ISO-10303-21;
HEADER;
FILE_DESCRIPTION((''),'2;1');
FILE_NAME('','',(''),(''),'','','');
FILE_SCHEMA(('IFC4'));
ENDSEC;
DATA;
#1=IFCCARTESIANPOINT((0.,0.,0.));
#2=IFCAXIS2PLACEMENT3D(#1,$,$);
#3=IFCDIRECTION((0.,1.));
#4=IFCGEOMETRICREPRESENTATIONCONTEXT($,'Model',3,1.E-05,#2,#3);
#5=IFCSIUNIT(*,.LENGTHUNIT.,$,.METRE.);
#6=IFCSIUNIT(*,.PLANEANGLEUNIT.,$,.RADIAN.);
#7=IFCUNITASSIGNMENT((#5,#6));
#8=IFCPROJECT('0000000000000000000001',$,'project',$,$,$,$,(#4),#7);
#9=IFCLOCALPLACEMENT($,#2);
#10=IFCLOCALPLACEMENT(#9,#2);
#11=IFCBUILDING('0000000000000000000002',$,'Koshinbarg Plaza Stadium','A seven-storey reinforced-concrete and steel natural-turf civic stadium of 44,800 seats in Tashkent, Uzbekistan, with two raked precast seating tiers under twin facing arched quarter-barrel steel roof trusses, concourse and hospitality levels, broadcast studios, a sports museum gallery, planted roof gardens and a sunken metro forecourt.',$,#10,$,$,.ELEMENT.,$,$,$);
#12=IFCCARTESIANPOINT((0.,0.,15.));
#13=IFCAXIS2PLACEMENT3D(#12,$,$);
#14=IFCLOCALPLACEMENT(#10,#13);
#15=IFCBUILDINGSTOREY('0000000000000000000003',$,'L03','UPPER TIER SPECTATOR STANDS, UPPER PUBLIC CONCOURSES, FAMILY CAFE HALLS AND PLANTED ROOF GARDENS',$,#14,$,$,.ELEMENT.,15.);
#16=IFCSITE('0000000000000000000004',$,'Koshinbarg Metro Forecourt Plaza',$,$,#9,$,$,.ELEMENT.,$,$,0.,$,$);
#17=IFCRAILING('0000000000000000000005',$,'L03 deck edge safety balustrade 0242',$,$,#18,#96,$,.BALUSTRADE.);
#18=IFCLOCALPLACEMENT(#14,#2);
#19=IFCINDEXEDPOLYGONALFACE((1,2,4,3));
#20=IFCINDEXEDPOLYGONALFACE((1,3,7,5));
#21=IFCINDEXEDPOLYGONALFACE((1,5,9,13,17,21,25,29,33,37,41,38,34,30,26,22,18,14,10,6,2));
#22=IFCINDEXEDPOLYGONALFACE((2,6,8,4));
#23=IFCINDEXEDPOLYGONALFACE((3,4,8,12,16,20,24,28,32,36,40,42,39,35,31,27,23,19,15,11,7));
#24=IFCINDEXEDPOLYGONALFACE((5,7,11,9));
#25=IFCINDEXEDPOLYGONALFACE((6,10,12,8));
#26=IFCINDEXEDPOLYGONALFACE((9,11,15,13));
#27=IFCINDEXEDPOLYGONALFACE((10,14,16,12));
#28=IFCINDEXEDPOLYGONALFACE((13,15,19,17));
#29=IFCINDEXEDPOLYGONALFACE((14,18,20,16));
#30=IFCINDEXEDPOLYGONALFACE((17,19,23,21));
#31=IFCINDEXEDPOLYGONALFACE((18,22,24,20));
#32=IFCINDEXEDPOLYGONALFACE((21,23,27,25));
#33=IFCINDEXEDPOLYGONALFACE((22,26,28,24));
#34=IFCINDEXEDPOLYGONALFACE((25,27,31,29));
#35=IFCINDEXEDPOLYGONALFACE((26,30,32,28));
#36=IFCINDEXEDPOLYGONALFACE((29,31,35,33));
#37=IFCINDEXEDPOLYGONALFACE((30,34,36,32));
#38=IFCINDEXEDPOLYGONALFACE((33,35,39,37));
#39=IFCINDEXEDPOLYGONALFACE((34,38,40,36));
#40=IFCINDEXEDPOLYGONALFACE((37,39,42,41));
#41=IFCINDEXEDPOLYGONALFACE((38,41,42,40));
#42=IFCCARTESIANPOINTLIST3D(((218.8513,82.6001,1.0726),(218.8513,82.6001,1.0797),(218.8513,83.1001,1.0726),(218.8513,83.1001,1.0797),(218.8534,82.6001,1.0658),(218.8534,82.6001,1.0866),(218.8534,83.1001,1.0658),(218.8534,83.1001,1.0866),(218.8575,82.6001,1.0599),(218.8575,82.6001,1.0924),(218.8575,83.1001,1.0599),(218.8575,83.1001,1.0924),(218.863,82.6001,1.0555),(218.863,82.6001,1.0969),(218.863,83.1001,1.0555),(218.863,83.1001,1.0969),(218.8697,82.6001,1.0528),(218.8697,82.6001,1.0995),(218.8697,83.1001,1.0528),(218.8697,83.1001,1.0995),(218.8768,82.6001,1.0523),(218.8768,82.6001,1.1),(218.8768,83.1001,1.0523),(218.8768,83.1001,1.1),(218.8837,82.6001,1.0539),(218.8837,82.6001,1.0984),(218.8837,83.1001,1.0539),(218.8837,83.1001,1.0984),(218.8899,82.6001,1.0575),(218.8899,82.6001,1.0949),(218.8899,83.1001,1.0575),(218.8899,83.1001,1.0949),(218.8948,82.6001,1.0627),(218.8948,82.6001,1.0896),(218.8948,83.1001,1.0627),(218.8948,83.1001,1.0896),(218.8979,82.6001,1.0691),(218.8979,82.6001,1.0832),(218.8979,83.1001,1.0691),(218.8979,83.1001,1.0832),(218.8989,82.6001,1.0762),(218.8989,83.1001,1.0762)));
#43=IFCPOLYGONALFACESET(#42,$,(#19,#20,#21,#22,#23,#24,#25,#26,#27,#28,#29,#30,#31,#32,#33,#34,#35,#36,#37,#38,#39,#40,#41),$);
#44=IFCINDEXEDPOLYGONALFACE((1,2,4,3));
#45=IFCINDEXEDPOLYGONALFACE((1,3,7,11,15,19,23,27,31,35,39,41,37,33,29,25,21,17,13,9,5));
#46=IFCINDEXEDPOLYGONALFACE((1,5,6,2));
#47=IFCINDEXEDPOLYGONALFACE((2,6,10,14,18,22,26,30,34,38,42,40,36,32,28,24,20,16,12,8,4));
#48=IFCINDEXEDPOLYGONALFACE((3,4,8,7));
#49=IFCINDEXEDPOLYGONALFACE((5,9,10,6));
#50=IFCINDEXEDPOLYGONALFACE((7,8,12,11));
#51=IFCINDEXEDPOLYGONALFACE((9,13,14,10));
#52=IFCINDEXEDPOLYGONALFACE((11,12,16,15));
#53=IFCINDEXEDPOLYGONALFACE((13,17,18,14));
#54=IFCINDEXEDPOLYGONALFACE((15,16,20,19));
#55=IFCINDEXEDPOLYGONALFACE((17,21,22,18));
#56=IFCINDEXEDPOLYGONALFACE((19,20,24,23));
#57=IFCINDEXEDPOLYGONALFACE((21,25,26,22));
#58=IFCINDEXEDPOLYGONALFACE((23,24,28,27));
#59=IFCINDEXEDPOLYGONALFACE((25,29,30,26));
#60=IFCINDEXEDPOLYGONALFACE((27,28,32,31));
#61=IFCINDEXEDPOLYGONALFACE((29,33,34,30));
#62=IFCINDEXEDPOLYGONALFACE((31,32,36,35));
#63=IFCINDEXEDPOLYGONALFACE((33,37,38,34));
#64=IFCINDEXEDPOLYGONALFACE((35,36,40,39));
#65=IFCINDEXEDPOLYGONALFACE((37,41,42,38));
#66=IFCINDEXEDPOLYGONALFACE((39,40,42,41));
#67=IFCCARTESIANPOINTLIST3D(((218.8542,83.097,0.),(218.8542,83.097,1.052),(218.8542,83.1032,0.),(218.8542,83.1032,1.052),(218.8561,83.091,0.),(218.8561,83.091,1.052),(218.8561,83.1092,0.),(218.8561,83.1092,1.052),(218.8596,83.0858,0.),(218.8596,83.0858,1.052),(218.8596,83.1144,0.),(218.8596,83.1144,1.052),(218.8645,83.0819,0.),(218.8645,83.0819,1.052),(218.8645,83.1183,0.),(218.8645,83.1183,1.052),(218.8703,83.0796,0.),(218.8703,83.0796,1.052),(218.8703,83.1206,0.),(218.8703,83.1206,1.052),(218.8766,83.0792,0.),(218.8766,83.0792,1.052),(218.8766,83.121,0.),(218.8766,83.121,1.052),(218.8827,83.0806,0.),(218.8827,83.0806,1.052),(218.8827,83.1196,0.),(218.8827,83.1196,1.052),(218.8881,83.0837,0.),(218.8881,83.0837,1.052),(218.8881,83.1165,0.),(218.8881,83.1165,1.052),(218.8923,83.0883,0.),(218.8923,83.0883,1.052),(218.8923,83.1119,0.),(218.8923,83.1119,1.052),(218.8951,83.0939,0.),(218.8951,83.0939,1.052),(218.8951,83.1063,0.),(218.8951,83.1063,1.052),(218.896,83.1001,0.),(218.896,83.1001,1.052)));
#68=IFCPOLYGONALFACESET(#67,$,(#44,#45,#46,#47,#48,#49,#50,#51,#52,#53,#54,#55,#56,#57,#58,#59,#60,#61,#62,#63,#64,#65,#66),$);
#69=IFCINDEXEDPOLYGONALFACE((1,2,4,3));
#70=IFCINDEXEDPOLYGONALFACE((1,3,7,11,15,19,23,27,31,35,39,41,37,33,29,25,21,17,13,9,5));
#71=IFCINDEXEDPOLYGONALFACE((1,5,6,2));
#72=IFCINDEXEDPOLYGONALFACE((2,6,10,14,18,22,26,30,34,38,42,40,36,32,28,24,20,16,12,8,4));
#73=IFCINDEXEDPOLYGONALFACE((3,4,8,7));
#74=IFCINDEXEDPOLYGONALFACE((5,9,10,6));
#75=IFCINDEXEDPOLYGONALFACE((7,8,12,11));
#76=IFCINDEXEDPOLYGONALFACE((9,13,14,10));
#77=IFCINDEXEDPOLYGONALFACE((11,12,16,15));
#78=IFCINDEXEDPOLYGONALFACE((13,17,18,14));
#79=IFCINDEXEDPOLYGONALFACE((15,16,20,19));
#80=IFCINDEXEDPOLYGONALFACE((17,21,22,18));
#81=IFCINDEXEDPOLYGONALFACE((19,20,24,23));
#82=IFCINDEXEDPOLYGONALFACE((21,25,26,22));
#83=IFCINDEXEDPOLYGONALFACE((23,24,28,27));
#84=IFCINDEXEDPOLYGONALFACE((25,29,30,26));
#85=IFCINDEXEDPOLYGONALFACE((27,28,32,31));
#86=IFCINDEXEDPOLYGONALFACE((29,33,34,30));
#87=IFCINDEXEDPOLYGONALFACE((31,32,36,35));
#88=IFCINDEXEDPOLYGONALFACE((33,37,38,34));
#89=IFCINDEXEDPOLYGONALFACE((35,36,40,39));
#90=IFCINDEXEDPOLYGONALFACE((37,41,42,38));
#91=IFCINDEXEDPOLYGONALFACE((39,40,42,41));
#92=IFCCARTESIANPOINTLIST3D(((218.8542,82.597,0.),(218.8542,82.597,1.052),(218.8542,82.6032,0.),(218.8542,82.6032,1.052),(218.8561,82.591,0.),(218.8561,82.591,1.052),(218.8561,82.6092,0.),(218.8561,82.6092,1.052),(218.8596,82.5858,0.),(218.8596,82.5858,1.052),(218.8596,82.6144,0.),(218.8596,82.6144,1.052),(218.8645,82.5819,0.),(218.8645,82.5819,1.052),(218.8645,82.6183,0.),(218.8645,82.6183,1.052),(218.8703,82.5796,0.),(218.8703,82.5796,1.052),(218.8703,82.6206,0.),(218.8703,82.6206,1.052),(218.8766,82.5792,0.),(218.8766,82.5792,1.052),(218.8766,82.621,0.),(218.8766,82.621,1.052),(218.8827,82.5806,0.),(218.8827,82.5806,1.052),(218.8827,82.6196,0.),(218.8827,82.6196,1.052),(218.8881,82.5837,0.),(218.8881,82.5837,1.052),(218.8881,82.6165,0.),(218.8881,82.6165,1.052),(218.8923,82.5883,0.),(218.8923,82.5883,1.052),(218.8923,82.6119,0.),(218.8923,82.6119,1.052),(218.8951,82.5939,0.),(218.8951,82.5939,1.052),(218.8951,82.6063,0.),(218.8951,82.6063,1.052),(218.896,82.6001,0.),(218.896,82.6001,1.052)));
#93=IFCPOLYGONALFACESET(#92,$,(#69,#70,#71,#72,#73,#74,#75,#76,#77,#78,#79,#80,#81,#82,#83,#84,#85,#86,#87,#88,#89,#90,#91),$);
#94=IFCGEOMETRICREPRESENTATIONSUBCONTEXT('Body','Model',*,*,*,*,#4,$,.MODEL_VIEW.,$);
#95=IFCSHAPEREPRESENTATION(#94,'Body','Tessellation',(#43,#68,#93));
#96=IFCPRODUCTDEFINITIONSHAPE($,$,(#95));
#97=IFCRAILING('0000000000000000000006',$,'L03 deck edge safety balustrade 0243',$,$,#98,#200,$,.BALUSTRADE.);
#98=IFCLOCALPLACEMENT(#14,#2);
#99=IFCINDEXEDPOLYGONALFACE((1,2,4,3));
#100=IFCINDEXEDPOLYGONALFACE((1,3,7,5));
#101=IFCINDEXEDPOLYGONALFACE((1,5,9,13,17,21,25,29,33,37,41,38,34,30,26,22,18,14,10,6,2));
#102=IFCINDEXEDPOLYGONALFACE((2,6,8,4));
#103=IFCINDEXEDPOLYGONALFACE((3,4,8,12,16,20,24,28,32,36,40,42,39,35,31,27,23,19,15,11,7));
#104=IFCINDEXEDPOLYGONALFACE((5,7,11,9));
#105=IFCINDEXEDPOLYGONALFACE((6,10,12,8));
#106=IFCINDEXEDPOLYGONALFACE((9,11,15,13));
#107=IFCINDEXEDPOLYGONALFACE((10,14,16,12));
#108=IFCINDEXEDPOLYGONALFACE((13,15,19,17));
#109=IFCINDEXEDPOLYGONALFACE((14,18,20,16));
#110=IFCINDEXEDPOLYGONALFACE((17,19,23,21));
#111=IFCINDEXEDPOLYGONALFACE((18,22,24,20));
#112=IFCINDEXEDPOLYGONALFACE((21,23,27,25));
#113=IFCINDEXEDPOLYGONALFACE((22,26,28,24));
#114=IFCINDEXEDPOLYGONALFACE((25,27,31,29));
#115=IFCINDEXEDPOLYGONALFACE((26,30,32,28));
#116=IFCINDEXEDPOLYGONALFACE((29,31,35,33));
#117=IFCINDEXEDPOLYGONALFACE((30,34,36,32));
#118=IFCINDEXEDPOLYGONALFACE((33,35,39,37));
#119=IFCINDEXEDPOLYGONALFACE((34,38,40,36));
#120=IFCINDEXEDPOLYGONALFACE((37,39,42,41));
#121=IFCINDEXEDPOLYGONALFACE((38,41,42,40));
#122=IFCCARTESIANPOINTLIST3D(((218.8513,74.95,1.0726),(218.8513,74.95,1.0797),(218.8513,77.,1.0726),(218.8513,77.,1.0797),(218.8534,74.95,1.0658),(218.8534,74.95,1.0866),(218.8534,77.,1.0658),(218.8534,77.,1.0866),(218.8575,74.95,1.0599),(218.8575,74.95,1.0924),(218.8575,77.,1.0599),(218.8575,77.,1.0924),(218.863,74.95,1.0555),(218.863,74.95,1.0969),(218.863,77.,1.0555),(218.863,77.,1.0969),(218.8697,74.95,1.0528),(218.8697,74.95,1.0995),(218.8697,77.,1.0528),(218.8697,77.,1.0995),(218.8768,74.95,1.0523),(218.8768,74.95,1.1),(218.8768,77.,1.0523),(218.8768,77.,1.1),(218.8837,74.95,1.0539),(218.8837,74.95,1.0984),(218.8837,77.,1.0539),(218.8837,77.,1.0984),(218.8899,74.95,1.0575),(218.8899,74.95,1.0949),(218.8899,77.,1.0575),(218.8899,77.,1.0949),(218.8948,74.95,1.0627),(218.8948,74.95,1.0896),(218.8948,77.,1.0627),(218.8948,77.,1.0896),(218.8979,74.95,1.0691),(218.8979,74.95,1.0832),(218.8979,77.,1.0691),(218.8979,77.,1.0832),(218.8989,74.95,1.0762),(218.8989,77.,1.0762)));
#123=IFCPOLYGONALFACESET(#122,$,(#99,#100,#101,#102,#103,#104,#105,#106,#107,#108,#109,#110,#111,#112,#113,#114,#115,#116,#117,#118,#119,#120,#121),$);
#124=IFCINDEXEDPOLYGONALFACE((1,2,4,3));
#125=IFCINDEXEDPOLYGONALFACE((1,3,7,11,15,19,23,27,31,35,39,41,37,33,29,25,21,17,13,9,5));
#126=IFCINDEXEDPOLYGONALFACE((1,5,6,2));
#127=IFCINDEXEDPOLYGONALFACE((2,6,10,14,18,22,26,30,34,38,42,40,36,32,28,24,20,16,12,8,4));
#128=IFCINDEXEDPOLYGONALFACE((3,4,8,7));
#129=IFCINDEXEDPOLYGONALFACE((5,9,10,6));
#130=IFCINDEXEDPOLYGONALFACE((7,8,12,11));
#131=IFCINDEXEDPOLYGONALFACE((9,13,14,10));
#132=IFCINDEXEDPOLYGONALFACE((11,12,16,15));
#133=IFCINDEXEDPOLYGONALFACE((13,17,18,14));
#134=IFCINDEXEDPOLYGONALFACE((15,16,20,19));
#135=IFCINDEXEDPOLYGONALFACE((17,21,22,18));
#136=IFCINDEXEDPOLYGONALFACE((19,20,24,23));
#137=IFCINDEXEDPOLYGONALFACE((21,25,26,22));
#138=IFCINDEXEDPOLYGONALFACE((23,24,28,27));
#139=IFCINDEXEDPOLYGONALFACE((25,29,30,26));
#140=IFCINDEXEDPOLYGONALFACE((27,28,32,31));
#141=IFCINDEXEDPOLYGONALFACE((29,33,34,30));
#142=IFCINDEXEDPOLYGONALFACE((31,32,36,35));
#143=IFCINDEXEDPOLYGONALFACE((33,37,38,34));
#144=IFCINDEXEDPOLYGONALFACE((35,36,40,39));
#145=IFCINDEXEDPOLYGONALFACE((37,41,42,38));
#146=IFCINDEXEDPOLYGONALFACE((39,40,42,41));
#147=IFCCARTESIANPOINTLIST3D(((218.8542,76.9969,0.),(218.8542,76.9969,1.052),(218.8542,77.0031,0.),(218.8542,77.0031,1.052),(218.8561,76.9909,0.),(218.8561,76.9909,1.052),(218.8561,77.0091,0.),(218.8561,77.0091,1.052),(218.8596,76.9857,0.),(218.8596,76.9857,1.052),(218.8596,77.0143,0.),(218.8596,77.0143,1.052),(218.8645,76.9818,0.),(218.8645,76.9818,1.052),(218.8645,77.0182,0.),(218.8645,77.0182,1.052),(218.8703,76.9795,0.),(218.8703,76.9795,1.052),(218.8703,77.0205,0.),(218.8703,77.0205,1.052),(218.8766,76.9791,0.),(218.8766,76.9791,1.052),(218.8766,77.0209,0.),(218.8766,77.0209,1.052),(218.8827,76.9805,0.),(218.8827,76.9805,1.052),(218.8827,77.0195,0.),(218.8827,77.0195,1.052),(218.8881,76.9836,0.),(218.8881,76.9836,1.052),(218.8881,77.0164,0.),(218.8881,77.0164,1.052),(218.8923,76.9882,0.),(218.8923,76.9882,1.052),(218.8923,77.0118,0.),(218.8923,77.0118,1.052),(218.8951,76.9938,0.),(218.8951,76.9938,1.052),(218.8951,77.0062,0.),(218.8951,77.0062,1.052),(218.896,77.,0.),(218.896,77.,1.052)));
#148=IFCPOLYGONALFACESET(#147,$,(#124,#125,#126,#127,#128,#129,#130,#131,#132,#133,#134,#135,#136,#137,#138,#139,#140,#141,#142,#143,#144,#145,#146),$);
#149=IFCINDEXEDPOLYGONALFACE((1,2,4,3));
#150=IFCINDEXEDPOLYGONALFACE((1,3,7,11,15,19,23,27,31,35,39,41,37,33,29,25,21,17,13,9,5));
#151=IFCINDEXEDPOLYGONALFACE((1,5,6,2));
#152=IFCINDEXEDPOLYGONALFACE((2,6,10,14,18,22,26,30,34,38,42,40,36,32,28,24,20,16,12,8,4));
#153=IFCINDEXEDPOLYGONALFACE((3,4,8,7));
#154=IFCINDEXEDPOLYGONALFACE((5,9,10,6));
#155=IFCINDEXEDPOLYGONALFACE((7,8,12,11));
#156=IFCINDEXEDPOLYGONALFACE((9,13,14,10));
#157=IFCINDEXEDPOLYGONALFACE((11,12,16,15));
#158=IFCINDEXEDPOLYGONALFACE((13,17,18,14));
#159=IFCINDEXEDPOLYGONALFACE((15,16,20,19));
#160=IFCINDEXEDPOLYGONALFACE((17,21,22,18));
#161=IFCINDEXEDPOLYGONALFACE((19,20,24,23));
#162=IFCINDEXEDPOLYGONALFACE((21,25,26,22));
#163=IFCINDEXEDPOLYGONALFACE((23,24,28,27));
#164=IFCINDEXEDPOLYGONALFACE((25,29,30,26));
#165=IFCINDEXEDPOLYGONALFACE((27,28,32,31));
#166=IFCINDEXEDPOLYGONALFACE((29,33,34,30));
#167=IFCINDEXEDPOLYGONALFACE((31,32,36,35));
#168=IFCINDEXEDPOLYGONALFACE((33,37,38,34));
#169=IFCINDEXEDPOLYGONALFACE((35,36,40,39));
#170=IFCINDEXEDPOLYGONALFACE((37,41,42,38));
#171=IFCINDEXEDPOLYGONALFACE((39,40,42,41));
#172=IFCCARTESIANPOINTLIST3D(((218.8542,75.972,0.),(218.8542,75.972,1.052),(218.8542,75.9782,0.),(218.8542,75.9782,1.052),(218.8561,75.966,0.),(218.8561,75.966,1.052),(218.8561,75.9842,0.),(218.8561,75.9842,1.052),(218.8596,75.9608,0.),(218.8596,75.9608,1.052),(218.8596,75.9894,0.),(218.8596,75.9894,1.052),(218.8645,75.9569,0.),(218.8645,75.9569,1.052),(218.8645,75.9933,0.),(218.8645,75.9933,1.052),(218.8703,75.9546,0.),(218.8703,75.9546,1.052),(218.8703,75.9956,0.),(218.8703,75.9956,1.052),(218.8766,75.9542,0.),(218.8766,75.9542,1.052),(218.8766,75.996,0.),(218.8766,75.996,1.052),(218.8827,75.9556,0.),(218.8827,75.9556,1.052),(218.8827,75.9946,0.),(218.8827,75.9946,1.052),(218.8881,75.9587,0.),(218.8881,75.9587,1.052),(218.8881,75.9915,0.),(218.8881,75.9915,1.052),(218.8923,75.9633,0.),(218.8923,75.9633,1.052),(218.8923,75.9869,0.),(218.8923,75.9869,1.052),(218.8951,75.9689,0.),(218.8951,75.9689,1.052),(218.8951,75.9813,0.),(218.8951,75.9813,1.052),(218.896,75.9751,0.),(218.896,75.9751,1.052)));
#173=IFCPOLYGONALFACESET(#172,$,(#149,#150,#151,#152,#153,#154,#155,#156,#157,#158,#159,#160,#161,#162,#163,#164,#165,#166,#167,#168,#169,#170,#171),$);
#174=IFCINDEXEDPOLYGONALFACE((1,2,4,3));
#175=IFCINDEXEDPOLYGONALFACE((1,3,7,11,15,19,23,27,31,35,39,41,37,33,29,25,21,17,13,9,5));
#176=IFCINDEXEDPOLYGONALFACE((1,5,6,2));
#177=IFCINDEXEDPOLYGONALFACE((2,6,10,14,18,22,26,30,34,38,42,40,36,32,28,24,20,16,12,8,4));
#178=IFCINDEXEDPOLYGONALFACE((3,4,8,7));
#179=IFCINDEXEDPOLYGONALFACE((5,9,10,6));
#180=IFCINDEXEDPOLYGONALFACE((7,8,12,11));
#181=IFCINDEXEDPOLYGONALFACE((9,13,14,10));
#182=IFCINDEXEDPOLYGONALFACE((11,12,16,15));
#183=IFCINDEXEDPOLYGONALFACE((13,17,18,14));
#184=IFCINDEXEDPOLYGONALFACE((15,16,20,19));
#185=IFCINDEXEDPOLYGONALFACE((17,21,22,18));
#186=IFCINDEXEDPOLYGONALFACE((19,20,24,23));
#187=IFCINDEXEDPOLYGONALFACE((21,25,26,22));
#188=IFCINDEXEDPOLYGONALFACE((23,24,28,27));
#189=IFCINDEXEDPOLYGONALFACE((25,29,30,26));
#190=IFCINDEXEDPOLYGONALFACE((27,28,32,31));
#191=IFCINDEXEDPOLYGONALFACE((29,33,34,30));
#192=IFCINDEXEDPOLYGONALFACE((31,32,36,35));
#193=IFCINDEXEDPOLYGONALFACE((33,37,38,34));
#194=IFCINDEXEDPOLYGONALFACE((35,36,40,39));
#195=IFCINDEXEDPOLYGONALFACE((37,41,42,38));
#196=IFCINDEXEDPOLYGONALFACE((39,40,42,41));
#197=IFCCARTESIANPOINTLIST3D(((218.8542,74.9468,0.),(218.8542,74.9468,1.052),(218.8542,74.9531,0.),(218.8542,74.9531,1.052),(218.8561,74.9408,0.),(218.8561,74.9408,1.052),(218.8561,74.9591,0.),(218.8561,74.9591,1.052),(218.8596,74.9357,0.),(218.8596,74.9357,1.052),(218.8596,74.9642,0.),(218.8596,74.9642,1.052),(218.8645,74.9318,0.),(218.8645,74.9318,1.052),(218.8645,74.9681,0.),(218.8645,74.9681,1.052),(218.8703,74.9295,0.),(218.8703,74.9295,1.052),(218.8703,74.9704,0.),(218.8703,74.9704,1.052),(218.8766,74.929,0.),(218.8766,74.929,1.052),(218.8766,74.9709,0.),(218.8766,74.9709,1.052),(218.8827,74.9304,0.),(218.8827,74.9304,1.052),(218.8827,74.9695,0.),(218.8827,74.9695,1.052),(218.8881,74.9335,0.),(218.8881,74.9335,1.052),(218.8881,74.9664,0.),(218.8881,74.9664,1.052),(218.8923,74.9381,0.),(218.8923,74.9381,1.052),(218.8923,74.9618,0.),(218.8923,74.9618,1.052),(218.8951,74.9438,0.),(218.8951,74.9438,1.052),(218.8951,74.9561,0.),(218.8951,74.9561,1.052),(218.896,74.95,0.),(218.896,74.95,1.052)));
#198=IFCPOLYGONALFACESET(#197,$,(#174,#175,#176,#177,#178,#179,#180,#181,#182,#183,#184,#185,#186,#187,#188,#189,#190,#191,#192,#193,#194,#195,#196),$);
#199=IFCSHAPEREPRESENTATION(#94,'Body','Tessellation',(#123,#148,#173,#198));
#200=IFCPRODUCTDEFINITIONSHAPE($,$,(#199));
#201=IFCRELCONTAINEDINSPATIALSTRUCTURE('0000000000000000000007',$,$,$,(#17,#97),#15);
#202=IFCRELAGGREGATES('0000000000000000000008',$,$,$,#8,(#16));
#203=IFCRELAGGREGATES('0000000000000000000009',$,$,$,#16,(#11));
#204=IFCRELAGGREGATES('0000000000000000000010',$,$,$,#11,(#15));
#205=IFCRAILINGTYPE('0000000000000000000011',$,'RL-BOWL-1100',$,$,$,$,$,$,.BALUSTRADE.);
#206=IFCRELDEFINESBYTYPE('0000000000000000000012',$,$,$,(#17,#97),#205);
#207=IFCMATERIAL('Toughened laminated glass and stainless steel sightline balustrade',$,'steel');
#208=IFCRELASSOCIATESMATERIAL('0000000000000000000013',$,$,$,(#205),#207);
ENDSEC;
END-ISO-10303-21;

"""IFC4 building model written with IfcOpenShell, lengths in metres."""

from ifc_helpers import new_model, si_unit, direction, frame, origin, origin_2d, place, context, subcontext, project, spatial, circle, extrude, material, type_object, element, save


model = new_model("IFC4")

# Units and contexts
model_context = context("Model", 3, precision=1e-05, world=origin(), true_north=direction((0.0, 1.0)))
body_context = subcontext(model_context, "Body", "Model", "MODEL_VIEW")
ifc_project = project(units=[si_unit("LENGTHUNIT", "METRE"), si_unit("PLANEANGLEUNIT", "RADIAN")], contexts=[model_context])

# Site, building, storey
site_placement = place(None, origin())
site = spatial("IfcSite", under=ifc_project, at=site_placement, Name="Koshinbarg Metro Forecourt Plaza", CompositionType="ELEMENT", RefElevation=0.0)
building_placement = place(site_placement, origin())
building = spatial("IfcBuilding", under=site, at=building_placement, Name="Koshinbarg Plaza Stadium", Description="A seven-storey reinforced-concrete and steel natural-turf civic stadium of 44,800 seats in Tashkent, Uzbekistan, with two raked precast seating tiers under twin facing arched quarter-barrel steel roof trusses, concourse and hospitality levels, broadcast studios, a sports museum gallery, planted roof gardens and a sunken metro forecourt.", CompositionType="ELEMENT")
storey_placement = place(building_placement, frame((0.0, 0.0, 15.0)))
storey = spatial("IfcBuildingStorey", under=building, at=storey_placement, Name="L03", Description="UPPER TIER SPECTATOR STANDS, UPPER PUBLIC CONCOURSES, FAMILY CAFE HALLS AND PLANTED ROOF GARDENS", CompositionType="ELEMENT", Elevation=15.0)

# Railings
ifc_material_1 = material(Name="Toughened laminated glass and stainless steel sightline balustrade", Category="steel")
railing_type_1 = type_object("IfcRailingType", Name="RL-BOWL-1100", PredefinedType="BALUSTRADE", material=ifc_material_1)
railing_1_placement = place(storey_placement, frame((218.875, 83.1001, 0.0)))
element("IfcRailing", 1, at=railing_1_placement, inside=storey, type_object=railing_type_1, Name="L03 deck edge safety balustrade 0242", PredefinedType="BALUSTRADE", context=body_context, shape_type="SweptSolid", body=[
    extrude(circle(Radius=0.0239, at=origin_2d()), frame((0.0, 0.0, 1.0762), z_axis=(0.0, -1.0, 0.0), x_axis=(1.0, 0.0, 0.0)), (0.0, 0.0, 1.0), 0.5),
    extrude(circle(Radius=0.021, at=origin_2d()), origin(), (0.0, 0.0, 1.0), 1.052),
    extrude(circle(Radius=0.021, at=origin_2d()), frame((0.0, -0.5, 0.0)), (0.0, 0.0, 1.0), 1.052),
])
railing_2_placement = place(storey_placement, frame((218.875, 77.0, 0.0)))
element("IfcRailing", 2, at=railing_2_placement, inside=storey, type_object=railing_type_1, Name="L03 deck edge safety balustrade 0243", PredefinedType="BALUSTRADE", context=body_context, shape_type="SweptSolid", body=[
    extrude(circle(Radius=0.0239, at=origin_2d()), frame((0.0, 0.0, 1.0762), z_axis=(0.0, -1.0, 0.0), x_axis=(1.0, 0.0, 0.0)), (0.0, 0.0, 1.0), 2.05),
    extrude(circle(Radius=0.021, at=origin_2d()), origin(), (0.0, 0.0, 1.0), 1.052),
    extrude(circle(Radius=0.021, at=origin_2d()), frame((0.0, -1.0249, 0.0)), (0.0, 0.0, 1.0), 1.052),
    extrude(circle(Radius=0.021, at=origin_2d()), frame((0.0, -2.05, 0.0)), (0.0, 0.0, 1.0), 1.052),
])

save(model, "model.ifc")
